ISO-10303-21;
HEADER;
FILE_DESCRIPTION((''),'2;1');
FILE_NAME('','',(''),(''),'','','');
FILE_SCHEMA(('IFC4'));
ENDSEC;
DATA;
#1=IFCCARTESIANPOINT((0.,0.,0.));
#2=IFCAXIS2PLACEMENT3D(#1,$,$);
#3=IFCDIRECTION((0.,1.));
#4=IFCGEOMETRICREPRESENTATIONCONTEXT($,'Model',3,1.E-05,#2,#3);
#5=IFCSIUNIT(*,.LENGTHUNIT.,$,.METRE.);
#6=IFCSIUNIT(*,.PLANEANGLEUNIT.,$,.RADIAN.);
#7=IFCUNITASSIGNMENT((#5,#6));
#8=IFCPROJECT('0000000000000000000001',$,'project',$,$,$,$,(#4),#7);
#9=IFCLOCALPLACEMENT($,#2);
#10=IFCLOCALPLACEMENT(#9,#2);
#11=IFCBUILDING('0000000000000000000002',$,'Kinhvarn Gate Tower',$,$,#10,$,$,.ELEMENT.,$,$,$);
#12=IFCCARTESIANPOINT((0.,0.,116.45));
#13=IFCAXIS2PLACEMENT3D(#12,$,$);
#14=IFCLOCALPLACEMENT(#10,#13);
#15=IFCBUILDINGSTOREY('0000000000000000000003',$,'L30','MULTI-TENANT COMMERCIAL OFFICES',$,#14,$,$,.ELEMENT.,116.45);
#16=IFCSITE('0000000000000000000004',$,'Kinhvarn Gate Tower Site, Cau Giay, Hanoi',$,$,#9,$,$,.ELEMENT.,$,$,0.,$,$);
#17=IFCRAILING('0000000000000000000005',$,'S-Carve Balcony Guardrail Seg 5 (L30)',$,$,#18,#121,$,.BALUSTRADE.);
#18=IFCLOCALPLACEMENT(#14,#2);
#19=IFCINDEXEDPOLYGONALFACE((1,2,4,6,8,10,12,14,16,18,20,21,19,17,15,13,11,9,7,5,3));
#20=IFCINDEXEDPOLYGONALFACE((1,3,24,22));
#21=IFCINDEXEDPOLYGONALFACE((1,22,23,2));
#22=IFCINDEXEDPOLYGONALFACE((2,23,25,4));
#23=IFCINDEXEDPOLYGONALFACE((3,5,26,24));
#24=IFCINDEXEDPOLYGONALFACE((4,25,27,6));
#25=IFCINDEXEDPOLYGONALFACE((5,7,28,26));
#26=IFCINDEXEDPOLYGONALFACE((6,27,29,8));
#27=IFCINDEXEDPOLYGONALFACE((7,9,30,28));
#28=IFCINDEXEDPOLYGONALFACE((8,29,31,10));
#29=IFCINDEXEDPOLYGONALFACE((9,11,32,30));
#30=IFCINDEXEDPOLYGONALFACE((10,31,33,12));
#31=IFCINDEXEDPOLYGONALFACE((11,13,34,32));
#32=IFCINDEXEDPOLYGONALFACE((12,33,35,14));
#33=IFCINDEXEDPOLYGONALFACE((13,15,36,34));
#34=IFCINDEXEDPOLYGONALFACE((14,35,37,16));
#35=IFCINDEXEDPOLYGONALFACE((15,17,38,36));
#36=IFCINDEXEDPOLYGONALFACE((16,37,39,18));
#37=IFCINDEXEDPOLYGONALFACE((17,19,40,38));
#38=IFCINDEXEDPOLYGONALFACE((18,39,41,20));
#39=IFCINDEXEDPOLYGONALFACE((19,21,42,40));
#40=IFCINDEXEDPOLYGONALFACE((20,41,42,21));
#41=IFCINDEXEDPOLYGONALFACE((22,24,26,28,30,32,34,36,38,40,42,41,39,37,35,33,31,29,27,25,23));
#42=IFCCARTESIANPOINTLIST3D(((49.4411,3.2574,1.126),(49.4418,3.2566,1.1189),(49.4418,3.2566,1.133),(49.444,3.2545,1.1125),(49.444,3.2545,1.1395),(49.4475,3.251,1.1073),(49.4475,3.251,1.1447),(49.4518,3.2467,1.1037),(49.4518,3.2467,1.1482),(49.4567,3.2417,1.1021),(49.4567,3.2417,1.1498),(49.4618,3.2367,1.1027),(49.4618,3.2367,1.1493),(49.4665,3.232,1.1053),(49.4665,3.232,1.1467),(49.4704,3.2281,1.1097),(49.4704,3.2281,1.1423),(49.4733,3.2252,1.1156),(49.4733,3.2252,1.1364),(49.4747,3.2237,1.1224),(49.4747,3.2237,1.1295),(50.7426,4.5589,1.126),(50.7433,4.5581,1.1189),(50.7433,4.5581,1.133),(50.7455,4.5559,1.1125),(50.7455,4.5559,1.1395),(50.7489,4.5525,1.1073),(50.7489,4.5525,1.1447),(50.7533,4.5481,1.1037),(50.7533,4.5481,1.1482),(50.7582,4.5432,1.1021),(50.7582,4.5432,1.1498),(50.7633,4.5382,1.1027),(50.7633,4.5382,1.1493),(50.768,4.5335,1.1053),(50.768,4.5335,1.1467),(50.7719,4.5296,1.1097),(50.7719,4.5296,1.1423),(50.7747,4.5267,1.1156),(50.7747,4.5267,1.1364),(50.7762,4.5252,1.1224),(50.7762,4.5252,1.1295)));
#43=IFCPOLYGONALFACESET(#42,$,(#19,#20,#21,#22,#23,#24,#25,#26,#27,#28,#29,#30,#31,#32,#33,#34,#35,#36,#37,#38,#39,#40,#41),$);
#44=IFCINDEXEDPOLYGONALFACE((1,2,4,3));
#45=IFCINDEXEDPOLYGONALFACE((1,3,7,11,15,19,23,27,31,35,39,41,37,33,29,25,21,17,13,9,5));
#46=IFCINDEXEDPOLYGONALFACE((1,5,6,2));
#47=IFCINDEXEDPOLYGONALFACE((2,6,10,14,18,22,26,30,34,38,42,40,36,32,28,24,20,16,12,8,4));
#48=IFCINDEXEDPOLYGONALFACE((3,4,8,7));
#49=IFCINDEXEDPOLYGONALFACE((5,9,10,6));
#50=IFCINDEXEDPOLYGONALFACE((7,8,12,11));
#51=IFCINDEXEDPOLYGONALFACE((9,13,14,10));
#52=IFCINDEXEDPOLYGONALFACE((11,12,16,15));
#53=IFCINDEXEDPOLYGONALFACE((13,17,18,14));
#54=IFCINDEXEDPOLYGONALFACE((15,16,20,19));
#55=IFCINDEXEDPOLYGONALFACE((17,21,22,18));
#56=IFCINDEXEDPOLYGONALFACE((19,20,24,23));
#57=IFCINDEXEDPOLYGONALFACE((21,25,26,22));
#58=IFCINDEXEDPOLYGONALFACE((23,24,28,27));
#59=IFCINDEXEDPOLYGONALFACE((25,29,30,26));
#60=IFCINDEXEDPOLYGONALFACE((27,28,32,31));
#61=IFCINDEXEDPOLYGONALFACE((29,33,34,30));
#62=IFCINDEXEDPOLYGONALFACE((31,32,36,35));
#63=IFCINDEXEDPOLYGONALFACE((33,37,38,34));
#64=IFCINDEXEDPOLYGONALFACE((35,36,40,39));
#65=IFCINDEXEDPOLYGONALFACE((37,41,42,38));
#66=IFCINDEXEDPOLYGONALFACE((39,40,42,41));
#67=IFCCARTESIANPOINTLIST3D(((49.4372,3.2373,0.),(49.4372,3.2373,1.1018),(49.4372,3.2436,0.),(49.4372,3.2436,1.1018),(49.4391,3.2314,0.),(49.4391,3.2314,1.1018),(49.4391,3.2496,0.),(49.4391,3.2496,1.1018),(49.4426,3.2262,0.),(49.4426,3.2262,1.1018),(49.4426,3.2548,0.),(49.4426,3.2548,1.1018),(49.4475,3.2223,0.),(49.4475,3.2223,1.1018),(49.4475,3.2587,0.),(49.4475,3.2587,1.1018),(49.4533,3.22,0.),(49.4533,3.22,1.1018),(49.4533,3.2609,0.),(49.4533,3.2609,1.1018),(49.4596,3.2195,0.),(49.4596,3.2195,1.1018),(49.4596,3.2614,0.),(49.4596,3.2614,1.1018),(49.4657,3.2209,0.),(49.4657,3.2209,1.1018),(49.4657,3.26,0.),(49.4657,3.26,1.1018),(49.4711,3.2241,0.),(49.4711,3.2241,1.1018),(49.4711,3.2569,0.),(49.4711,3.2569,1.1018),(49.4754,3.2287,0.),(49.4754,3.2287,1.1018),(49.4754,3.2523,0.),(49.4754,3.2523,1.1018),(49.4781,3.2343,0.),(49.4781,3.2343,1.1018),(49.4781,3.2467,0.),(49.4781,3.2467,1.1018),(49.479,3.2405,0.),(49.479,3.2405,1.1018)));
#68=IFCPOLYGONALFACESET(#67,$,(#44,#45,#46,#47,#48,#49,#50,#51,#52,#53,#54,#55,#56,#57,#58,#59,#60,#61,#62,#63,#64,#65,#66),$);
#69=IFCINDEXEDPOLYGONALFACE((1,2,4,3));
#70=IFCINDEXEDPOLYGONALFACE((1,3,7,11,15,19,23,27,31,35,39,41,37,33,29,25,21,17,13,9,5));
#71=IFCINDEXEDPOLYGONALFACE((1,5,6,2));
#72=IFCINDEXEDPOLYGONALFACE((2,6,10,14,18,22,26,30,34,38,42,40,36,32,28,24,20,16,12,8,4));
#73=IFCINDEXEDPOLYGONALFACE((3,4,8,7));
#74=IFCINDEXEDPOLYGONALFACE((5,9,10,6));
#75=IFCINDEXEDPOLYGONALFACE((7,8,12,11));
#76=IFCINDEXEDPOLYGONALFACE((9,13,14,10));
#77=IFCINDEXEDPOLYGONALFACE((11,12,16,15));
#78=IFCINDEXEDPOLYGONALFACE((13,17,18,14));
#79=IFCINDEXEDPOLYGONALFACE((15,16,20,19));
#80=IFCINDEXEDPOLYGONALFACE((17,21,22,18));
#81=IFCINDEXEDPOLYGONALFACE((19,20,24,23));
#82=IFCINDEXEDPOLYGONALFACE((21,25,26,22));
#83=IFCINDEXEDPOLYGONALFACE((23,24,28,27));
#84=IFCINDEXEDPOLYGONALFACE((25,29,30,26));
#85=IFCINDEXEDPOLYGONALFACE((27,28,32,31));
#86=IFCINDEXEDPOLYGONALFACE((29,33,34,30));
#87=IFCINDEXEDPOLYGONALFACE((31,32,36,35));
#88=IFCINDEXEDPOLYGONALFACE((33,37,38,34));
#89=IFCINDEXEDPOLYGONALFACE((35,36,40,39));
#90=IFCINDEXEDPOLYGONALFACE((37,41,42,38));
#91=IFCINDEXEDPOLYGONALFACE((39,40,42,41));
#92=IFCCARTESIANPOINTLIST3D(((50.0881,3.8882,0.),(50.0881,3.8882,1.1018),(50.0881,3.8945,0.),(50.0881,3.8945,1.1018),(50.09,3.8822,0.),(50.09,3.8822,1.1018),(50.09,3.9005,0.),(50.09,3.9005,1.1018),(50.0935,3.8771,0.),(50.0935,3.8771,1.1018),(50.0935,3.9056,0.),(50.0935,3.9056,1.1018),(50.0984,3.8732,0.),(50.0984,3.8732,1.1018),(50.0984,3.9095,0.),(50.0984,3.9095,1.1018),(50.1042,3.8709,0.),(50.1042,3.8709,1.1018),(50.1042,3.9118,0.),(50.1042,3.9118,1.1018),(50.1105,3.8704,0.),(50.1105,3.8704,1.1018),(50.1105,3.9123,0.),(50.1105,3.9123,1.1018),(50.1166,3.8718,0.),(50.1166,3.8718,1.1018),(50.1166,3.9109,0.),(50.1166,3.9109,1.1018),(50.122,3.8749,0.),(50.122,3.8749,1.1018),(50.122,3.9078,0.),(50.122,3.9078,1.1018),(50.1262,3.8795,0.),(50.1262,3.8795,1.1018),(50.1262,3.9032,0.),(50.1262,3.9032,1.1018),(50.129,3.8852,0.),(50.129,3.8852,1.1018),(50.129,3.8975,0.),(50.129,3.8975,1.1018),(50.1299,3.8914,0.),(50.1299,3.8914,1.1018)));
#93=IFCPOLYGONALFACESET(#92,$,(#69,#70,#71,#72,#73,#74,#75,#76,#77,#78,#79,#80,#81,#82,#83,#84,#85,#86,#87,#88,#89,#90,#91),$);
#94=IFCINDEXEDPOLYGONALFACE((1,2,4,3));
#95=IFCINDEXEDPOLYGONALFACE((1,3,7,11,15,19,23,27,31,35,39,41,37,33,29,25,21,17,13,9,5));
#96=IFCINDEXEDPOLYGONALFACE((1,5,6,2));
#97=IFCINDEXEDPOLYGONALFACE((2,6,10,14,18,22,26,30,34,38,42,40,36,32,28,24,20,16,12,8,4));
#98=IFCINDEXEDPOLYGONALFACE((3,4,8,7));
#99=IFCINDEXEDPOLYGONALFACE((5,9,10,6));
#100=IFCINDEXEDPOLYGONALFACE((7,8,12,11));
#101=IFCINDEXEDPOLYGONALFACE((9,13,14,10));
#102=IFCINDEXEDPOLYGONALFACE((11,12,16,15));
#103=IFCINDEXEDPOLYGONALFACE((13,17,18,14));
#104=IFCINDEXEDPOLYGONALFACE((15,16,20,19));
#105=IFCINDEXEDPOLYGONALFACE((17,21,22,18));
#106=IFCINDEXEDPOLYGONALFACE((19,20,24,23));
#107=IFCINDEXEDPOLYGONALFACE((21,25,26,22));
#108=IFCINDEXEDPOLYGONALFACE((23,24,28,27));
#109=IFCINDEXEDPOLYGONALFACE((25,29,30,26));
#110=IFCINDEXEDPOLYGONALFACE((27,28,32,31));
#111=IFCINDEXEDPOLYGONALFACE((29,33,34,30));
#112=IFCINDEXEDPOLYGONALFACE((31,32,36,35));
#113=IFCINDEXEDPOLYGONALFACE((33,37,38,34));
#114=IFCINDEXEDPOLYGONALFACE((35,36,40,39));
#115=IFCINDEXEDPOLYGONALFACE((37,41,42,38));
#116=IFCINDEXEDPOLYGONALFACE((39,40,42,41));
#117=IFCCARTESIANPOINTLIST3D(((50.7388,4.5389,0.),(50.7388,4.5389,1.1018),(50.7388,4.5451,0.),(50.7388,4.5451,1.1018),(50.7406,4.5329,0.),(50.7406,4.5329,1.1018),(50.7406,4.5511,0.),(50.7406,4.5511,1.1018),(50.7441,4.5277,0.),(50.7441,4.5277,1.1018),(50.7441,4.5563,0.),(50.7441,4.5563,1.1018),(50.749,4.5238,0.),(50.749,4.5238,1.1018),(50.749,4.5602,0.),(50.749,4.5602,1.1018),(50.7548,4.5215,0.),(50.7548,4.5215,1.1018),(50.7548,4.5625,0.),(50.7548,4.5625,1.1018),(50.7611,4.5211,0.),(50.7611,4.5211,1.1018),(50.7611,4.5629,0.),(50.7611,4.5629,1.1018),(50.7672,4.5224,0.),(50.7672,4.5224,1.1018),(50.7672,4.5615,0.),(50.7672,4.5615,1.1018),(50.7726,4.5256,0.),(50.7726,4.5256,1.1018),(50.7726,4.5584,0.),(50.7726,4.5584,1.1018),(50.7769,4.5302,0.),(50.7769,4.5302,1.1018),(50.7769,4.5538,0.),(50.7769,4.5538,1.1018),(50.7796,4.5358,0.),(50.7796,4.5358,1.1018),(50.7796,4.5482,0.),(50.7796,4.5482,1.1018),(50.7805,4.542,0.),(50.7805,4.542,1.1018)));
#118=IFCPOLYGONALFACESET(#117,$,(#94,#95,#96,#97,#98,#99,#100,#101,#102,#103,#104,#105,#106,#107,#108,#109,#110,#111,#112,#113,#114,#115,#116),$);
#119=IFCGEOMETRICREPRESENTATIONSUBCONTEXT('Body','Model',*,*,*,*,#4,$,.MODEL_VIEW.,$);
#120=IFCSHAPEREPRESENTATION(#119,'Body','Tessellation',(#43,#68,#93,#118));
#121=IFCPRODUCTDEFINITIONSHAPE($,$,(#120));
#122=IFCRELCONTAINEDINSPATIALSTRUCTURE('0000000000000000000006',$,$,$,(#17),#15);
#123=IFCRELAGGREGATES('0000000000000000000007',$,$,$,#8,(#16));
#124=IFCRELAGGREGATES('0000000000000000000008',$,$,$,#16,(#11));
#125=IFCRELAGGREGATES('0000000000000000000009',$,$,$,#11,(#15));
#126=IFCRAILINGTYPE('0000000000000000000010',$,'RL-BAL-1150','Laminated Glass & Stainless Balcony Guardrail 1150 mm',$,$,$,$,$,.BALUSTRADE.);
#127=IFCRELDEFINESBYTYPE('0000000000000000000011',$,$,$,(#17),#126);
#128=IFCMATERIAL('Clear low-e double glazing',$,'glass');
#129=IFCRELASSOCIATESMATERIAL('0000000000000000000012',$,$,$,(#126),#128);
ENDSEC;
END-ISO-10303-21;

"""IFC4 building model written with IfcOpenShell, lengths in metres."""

from ifc_helpers import new_model, si_unit, direction, frame, origin, origin_2d, place, context, subcontext, project, spatial, circle, extrude, material, type_object, element, save


model = new_model("IFC4")

# Units and contexts
model_context = context("Model", 3, precision=1e-05, world=origin(), true_north=direction((0.0, 1.0)))
body_context = subcontext(model_context, "Body", "Model", "MODEL_VIEW")
ifc_project = project(units=[si_unit("LENGTHUNIT", "METRE"), si_unit("PLANEANGLEUNIT", "RADIAN")], contexts=[model_context])

# Site, building, storey
site_placement = place(None, origin())
site = spatial("IfcSite", under=ifc_project, at=site_placement, Name="Kinhvarn Gate Tower Site, Cau Giay, Hanoi", CompositionType="ELEMENT", RefElevation=0.0)
building_placement = place(site_placement, origin())
building = spatial("IfcBuilding", under=site, at=building_placement, Name="Kinhvarn Gate Tower", CompositionType="ELEMENT")
storey_placement = place(building_placement, frame((0.0, 0.0, 116.45)))
storey = spatial("IfcBuildingStorey", under=building, at=storey_placement, Name="L30", Description="MULTI-TENANT COMMERCIAL OFFICES", CompositionType="ELEMENT", Elevation=116.45)

# Shared definitions
ifc_material_1 = material(Name="Clear low-e double glazing", Category="glass")

# Railing
railing_type = type_object("IfcRailingType", Name="RL-BAL-1150", Description="Laminated Glass & Stainless Balcony Guardrail 1150 mm", PredefinedType="BALUSTRADE", material=ifc_material_1)
railing_1_placement = place(storey_placement, frame((49.458, 3.2405, 0.0)))
element("IfcRailing", 1, at=railing_1_placement, inside=storey, type_object=railing_type, Name="S-Carve Balcony Guardrail Seg 5 (L30)", PredefinedType="BALUSTRADE", context=body_context, shape_type="SweptSolid", body=[
    extrude(circle(Radius=0.0239, at=origin_2d()), frame((0.0, 0.0, 1.126), z_axis=(0.707107, 0.707107, 0.0), x_axis=(-0.707107, 0.707107, 0.0)), (0.0, 0.0, 1.0), 1.8406),
    extrude(circle(Radius=0.021, at=origin_2d()), origin(), (0.0, 0.0, 1.0), 1.1018),
    extrude(circle(Radius=0.021, at=origin_2d()), frame((0.6509, 0.6509, 0.0)), (0.0, 0.0, 1.0), 1.1018),
    extrude(circle(Radius=0.021, at=origin_2d()), frame((1.3015, 1.3015, 0.0)), (0.0, 0.0, 1.0), 1.1018),
])

save(model, "model.ifc")
